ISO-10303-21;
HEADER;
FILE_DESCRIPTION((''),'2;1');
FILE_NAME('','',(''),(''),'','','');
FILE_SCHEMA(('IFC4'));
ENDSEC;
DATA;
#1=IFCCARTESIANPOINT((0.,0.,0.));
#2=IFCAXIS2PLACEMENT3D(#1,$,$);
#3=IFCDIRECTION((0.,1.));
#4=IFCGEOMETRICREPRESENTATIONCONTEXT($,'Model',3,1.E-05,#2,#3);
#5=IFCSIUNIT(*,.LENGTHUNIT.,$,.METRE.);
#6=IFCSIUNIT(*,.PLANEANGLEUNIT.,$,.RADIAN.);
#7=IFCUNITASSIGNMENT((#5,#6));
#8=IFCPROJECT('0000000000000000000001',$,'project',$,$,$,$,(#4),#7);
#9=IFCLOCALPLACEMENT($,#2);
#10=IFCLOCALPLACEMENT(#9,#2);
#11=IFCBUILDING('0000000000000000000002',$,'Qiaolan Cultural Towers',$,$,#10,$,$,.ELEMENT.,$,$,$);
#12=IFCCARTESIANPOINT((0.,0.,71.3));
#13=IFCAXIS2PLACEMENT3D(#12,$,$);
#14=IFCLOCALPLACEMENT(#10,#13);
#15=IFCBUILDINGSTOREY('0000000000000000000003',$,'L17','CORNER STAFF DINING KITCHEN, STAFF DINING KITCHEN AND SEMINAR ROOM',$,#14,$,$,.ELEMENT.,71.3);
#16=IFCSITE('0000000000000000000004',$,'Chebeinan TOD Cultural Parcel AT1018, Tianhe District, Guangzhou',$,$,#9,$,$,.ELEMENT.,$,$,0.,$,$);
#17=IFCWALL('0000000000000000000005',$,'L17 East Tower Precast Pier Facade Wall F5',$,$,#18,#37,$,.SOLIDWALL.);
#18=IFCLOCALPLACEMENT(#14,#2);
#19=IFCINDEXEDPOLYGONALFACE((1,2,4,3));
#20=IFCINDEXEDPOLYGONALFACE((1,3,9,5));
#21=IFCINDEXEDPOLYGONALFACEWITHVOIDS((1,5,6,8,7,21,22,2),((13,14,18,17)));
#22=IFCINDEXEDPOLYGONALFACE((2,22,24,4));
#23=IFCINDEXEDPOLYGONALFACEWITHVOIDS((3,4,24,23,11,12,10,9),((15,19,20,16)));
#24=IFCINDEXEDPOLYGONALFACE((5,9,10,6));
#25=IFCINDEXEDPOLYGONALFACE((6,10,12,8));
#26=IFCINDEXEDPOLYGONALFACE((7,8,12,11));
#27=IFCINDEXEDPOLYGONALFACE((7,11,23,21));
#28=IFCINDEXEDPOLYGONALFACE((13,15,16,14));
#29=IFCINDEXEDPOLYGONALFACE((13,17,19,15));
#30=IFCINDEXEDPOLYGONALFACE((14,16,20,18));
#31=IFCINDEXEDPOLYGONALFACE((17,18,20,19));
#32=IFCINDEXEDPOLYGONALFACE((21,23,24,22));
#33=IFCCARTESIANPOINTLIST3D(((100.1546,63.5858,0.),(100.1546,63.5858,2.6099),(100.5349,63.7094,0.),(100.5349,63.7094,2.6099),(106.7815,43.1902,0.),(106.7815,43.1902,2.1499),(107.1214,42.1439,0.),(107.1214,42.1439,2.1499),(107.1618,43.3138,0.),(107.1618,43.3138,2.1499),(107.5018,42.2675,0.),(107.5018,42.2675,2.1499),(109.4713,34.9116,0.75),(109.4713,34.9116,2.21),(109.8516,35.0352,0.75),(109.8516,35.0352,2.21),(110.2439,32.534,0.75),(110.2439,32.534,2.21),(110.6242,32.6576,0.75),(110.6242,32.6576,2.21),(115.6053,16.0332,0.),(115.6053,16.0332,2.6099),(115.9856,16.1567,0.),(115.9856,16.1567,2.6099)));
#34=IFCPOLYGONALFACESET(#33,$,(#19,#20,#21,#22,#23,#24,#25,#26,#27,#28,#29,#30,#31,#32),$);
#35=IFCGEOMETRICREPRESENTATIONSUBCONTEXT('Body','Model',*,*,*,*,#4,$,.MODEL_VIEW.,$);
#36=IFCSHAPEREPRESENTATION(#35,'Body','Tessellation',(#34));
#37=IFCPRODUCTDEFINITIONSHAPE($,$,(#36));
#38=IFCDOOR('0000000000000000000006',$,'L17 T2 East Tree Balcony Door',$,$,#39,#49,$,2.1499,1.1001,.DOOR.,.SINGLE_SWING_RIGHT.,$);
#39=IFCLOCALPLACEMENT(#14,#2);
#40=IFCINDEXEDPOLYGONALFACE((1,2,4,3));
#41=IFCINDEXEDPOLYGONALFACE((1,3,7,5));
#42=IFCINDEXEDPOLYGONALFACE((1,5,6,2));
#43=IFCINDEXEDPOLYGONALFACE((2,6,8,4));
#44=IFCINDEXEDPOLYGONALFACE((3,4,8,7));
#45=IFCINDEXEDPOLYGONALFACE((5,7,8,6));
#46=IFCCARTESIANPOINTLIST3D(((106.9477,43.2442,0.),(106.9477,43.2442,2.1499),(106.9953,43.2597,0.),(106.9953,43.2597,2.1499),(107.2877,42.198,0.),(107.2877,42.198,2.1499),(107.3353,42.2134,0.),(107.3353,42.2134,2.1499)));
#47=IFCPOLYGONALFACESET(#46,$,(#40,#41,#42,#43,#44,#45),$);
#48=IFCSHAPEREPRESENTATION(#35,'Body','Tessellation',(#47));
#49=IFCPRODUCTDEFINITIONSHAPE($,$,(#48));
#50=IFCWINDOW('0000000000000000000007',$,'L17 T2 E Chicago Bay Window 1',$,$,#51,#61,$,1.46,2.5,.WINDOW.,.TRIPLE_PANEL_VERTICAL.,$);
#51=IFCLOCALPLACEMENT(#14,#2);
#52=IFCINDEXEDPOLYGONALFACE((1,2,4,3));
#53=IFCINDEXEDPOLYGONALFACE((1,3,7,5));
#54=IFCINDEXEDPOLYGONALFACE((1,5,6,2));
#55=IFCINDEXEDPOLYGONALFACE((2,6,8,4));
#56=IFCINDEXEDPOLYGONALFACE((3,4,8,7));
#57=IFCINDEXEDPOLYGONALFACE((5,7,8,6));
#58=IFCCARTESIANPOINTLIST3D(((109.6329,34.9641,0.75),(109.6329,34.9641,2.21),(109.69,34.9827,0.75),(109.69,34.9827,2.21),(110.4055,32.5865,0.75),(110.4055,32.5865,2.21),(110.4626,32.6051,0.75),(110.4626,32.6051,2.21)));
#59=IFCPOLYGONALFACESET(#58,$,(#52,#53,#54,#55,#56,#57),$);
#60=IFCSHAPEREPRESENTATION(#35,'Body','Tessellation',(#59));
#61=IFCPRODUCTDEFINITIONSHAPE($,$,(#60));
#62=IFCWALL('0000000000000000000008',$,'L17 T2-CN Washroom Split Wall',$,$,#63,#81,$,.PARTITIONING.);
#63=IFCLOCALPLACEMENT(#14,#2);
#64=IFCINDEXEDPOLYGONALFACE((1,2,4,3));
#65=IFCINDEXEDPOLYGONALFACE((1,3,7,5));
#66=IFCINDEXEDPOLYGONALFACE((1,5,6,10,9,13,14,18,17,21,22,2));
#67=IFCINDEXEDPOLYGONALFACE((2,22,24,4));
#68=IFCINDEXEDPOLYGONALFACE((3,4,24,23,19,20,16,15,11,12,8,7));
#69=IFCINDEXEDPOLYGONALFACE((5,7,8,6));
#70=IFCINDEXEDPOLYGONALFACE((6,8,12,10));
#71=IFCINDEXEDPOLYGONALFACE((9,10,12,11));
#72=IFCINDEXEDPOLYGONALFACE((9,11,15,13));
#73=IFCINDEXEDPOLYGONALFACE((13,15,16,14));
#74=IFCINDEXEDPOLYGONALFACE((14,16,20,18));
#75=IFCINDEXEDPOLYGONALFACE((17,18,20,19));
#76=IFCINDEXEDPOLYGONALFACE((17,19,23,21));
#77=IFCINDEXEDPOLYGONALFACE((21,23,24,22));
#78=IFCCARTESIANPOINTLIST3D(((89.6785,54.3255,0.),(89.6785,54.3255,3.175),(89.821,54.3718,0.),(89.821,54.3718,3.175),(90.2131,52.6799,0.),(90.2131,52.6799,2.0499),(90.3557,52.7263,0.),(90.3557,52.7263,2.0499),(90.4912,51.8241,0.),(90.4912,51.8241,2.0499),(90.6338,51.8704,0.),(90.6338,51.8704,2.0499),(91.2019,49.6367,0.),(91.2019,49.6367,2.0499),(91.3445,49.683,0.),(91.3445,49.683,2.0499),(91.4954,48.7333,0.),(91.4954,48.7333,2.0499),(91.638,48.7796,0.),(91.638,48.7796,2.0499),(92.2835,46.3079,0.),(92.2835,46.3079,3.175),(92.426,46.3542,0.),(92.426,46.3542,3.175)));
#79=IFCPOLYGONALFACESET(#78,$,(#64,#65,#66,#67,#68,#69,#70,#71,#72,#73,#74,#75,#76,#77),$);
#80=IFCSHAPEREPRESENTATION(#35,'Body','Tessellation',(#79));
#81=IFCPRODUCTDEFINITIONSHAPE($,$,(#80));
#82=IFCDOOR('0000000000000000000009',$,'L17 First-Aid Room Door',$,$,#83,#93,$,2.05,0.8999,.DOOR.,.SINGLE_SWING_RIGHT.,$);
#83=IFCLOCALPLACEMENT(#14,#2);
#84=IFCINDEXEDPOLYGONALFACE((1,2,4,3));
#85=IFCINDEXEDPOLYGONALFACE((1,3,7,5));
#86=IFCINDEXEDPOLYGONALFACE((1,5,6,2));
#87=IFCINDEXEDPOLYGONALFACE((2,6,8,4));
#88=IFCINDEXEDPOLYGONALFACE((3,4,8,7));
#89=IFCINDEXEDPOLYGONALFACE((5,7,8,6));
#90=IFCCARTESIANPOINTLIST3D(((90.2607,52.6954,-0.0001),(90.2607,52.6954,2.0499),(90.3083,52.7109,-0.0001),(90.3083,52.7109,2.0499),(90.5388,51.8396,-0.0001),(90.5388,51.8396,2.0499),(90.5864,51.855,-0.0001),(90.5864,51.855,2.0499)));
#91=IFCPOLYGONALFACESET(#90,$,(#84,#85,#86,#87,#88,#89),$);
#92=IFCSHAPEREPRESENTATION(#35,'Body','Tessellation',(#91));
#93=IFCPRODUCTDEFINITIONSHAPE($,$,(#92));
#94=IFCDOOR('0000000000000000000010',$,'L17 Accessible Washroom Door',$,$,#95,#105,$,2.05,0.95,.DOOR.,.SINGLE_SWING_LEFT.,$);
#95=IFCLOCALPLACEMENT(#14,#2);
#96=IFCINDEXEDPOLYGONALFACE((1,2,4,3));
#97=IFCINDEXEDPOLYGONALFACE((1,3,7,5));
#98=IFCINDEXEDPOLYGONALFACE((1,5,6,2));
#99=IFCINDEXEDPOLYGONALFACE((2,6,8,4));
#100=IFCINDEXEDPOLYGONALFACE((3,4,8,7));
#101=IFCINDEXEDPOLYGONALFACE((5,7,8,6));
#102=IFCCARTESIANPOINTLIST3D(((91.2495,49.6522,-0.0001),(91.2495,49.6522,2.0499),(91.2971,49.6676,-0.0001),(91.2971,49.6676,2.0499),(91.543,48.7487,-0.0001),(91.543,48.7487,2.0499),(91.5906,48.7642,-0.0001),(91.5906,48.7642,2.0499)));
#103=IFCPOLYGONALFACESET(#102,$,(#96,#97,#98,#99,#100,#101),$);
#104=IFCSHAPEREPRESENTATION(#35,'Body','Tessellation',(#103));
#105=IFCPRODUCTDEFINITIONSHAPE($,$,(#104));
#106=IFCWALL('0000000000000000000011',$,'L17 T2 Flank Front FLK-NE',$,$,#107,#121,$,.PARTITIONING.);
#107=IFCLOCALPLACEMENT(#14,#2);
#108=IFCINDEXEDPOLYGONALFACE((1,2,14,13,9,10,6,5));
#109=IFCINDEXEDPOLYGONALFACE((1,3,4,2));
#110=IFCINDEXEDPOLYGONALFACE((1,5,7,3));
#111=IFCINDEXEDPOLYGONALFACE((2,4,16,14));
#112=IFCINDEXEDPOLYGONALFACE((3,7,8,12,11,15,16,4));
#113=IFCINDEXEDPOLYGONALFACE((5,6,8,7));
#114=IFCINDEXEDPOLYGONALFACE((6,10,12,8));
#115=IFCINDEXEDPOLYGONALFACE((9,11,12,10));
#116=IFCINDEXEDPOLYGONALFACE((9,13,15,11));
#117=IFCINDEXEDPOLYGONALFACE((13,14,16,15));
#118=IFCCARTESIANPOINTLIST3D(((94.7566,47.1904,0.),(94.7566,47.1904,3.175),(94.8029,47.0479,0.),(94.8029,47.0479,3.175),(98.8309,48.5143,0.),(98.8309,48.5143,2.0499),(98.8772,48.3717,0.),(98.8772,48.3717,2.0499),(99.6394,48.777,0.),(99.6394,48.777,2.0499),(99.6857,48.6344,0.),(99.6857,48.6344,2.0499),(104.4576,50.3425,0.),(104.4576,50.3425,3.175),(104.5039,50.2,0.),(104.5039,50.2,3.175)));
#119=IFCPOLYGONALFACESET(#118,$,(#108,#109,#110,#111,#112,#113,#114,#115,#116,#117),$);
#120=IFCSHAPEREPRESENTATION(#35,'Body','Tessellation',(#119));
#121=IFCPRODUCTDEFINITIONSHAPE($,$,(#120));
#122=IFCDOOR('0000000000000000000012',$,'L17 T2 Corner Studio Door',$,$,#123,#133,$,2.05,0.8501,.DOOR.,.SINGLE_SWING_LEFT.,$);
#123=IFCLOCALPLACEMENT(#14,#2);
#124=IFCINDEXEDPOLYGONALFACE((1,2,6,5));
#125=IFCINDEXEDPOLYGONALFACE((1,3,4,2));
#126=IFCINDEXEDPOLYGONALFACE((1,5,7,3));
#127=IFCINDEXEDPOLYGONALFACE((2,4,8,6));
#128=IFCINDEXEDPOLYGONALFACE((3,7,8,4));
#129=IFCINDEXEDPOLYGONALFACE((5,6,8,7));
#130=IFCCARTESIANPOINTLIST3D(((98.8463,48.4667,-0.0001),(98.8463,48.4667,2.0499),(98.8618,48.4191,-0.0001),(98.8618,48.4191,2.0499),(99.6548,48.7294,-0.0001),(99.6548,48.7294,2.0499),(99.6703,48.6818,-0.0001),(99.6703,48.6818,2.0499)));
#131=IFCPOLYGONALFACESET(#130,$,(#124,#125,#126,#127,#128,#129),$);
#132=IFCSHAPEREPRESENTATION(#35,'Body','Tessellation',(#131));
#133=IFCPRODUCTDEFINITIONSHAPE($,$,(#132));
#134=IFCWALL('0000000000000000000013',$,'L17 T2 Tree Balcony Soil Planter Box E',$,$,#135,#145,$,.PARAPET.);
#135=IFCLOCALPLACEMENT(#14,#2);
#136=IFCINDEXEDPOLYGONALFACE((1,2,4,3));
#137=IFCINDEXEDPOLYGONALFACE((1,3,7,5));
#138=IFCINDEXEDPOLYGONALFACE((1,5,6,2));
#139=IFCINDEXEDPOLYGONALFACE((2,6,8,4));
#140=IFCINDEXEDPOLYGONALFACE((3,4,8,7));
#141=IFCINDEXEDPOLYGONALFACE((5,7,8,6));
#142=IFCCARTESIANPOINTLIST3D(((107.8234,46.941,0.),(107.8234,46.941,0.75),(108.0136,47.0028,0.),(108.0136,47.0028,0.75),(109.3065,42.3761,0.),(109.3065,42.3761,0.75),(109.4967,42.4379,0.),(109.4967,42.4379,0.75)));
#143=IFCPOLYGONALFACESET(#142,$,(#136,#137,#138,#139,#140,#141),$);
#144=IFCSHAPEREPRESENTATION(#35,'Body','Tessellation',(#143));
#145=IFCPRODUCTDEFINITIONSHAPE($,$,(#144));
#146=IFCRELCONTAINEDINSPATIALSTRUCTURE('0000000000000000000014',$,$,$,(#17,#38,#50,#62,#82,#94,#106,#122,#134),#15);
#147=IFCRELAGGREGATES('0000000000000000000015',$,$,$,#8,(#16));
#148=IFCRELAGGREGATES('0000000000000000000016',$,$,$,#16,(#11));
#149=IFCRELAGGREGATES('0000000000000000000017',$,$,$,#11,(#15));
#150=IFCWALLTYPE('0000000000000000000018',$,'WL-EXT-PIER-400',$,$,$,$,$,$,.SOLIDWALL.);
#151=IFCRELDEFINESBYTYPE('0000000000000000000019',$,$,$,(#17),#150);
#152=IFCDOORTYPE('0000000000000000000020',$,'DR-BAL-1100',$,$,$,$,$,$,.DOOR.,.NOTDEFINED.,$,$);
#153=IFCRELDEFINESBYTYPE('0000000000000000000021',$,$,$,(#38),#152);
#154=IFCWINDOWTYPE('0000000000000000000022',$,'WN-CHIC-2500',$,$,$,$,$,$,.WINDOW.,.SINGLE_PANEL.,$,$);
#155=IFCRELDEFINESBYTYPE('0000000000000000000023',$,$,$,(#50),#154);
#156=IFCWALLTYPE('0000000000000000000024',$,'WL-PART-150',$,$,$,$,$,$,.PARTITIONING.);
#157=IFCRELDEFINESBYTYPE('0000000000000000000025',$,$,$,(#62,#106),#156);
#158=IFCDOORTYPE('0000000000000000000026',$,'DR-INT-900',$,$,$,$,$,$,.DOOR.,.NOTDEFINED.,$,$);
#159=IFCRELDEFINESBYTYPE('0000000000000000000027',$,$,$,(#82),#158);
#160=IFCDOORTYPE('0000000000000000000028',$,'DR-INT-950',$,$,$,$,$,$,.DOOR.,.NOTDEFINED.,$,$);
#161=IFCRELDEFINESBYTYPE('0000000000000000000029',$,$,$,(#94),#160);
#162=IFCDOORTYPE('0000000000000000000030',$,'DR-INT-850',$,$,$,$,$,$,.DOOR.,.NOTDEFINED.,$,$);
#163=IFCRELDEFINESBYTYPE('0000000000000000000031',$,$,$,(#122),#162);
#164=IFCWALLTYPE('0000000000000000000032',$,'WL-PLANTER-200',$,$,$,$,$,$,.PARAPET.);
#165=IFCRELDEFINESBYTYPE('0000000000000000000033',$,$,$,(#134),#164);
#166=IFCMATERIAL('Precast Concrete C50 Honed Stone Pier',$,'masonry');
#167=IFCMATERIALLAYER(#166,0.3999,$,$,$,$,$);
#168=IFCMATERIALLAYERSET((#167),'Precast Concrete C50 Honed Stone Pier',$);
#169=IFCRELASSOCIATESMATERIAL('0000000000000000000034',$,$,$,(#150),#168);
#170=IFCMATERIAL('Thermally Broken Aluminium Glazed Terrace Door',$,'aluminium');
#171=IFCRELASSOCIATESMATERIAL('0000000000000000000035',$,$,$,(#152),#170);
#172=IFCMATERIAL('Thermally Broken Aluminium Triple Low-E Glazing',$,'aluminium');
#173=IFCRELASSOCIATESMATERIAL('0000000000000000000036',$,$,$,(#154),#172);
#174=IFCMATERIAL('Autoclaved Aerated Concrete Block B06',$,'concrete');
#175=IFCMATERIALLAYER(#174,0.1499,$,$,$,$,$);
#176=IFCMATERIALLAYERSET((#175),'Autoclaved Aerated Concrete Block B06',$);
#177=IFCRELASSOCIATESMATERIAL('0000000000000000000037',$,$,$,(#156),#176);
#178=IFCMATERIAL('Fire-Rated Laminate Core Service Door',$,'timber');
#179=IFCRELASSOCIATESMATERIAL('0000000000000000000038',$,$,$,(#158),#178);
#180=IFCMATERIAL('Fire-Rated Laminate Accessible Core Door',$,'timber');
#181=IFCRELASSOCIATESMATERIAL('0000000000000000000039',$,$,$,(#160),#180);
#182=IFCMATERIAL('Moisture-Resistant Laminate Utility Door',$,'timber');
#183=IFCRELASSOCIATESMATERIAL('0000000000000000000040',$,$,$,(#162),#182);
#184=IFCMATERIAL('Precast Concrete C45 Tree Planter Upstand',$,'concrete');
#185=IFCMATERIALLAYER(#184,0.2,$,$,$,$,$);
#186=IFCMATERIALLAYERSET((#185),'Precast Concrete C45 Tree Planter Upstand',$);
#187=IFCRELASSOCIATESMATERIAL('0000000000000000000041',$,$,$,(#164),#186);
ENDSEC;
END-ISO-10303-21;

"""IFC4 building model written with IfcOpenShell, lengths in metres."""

from ifc_helpers import new_model, si_unit, direction, frame, frame_2d, origin, place, context, subcontext, project, spatial, rectangle, extrude, material, layer, layer_set, type_object, element, fill, save


model = new_model("IFC4")

# Units and contexts
model_context = context("Model", 3, precision=1e-05, world=origin(), true_north=direction((0.0, 1.0)))
body_context = subcontext(model_context, "Body", "Model", "MODEL_VIEW")
ifc_project = project(units=[si_unit("LENGTHUNIT", "METRE"), si_unit("PLANEANGLEUNIT", "RADIAN")], contexts=[model_context])

# Site, building, storey
site_placement = place(None, origin())
site = spatial("IfcSite", under=ifc_project, at=site_placement, Name="Chebeinan TOD Cultural Parcel AT1018, Tianhe District, Guangzhou", CompositionType="ELEMENT", RefElevation=0.0)
building_placement = place(site_placement, origin())
building = spatial("IfcBuilding", under=site, at=building_placement, Name="Qiaolan Cultural Towers", CompositionType="ELEMENT")
storey_placement = place(building_placement, frame((0.0, 0.0, 71.3)))
storey = spatial("IfcBuildingStorey", under=building, at=storey_placement, Name="L17", Description="CORNER STAFF DINING KITCHEN, STAFF DINING KITCHEN AND SEMINAR ROOM", CompositionType="ELEMENT", Elevation=71.3)

# Shared definitions
ifc_material_1 = material(Name="Precast Concrete C50 Honed Stone Pier", Category="masonry")
ifc_layer_1 = layer(ifc_material_1, 0.3999)
ifc_layer_set_1 = layer_set([ifc_layer_1], Name="Precast Concrete C50 Honed Stone Pier")
wall_type_1 = type_object("IfcWallType", Name="WL-EXT-PIER-400", PredefinedType="SOLIDWALL", material=ifc_layer_set_1)

# Wall, openings, door, window
wall_1_placement = place(storey_placement, frame((100.3447, 63.6477, 0.0), z_axis=(0.0, 0.0, 1.0), x_axis=(0.309015, -0.951057, 0.0)))
wall_1 = element("IfcWall", 1, at=wall_1_placement, inside=storey, type_object=wall_type_1, Name="L17 East Tower Precast Pier Facade Wall F5", PredefinedType="SOLIDWALL", context=body_context, shape_type="SweptSolid", body=[
    extrude(rectangle(XDim=49.9998, YDim=0.3999, at=frame_2d((25.0, 0.0))), origin(), (0.0, 0.0, 1.0), 2.6099),
])
opening_1_placement = place(wall_1_placement, frame((30.1499, 0.0, 0.75)))
opening_1 = element("IfcOpeningElement", 2, at=opening_1_placement, cuts=wall_1, PredefinedType="OPENING", context=body_context, shape_type="SweptSolid", body=[
    extrude(rectangle(XDim=2.5, YDim=1.46, at=frame_2d((1.25, 0.73))), frame((0.0, 0.21, 0.0), z_axis=(0.0, -1.0, 0.0), x_axis=(1.0, 0.0, 0.0)), (0.0, 0.0, 1.0), 0.4199),
])
opening_2_placement = place(wall_1_placement, frame((21.4453, 0.0, 0.0)))
opening_2 = element("IfcOpeningElement", 3, at=opening_2_placement, cuts=wall_1, PredefinedType="OPENING", context=body_context, shape_type="SweptSolid", body=[
    extrude(rectangle(XDim=1.1001, YDim=2.1499, at=frame_2d((0.55, 1.075))), frame((0.0, 0.21, 0.0), z_axis=(0.0, -1.0, 0.0), x_axis=(1.0, 0.0, 0.0)), (0.0, 0.0, 1.0), 0.4199),
])
ifc_material_2 = material(Name="Thermally Broken Aluminium Glazed Terrace Door", Category="aluminium")
door_type_1 = type_object("IfcDoorType", Name="DR-BAL-1100", OperationType="NOTDEFINED", PredefinedType="DOOR", material=ifc_material_2)
door_1_placement = place(opening_2_placement, origin())
door_1 = element("IfcDoor", 4, at=door_1_placement, inside=storey, type_object=door_type_1, Name="L17 T2 East Tree Balcony Door", OperationType="SINGLE_SWING_RIGHT", OverallHeight=2.1499, OverallWidth=1.1001, PredefinedType="DOOR", context=body_context, shape_type="SweptSolid", body=[
    extrude(rectangle(XDim=1.1001, YDim=2.1499, at=frame_2d((0.55, 1.075))), frame((0.0, 0.0249, 0.0), z_axis=(0.0, -1.0, 0.0), x_axis=(1.0, 0.0, 0.0)), (0.0, 0.0, 1.0), 0.05),
])
fill(opening_2, door_1)
ifc_material_3 = material(Name="Thermally Broken Aluminium Triple Low-E Glazing", Category="aluminium")
window_type = type_object("IfcWindowType", Name="WN-CHIC-2500", PartitioningType="SINGLE_PANEL", PredefinedType="WINDOW", material=ifc_material_3)
window_placement = place(opening_1_placement, origin())
window = element("IfcWindow", 5, at=window_placement, inside=storey, type_object=window_type, Name="L17 T2 E Chicago Bay Window 1", OverallHeight=1.46, OverallWidth=2.5, PartitioningType="TRIPLE_PANEL_VERTICAL", PredefinedType="WINDOW", context=body_context, shape_type="SweptSolid", body=[
    extrude(rectangle(XDim=2.5, YDim=1.46, at=frame_2d((1.25, 0.73))), frame((0.0, 0.03, 0.0), z_axis=(0.0, -1.0, 0.0), x_axis=(1.0, 0.0, 0.0)), (0.0, 0.0, 1.0), 0.0601),
])
fill(opening_1, window)

# Wall, openings, doors
ifc_material_4 = material(Name="Autoclaved Aerated Concrete Block B06", Category="concrete")
ifc_layer_2 = layer(ifc_material_4, 0.1499)
ifc_layer_set_2 = layer_set([ifc_layer_2], Name="Autoclaved Aerated Concrete Block B06")
wall_type_2 = type_object("IfcWallType", Name="WL-PART-150", PredefinedType="PARTITIONING", material=ifc_layer_set_2)
wall_2_placement = place(storey_placement, frame((92.3547, 46.3311, 0.0), z_axis=(0.0, 0.0, 1.0), x_axis=(-0.309007, 0.95106, 0.0)))
wall_2 = element("IfcWall", 6, at=wall_2_placement, inside=storey, type_object=wall_type_2, Name="L17 T2-CN Washroom Split Wall", PredefinedType="PARTITIONING", context=body_context, shape_type="SweptSolid", body=[
    extrude(rectangle(XDim=8.4302, YDim=0.1499, at=frame_2d((4.2151, 0.0))), origin(), (0.0, 0.0, 1.0), 3.175),
])
opening_3_placement = place(wall_2_placement, frame((2.55, 0.0, 0.0)))
opening_3 = element("IfcOpeningElement", 7, at=opening_3_placement, cuts=wall_2, PredefinedType="OPENING", context=body_context, shape_type="SweptSolid", body=[
    extrude(rectangle(XDim=0.95, YDim=2.05, at=frame_2d((0.4751, 1.0249))), frame((0.0, 0.085, 0.0), z_axis=(0.0, -1.0, 0.0), x_axis=(1.0, 0.0, 0.0)), (0.0, 0.0, 1.0), 0.1699),
])
opening_4_placement = place(wall_2_placement, frame((5.8, 0.0, 0.0)))
opening_4 = element("IfcOpeningElement", 8, at=opening_4_placement, cuts=wall_2, PredefinedType="OPENING", context=body_context, shape_type="SweptSolid", body=[
    extrude(rectangle(XDim=0.8999, YDim=2.05, at=frame_2d((0.45, 1.0249))), frame((0.0, 0.085, 0.0), z_axis=(0.0, -1.0, 0.0), x_axis=(1.0, 0.0, 0.0)), (0.0, 0.0, 1.0), 0.1699),
])
ifc_material_5 = material(Name="Fire-Rated Laminate Core Service Door", Category="timber")
door_type_2 = type_object("IfcDoorType", Name="DR-INT-900", OperationType="NOTDEFINED", PredefinedType="DOOR", material=ifc_material_5)
door_2_placement = place(opening_4_placement, origin())
door_2 = element("IfcDoor", 9, at=door_2_placement, inside=storey, type_object=door_type_2, Name="L17 First-Aid Room Door", OperationType="SINGLE_SWING_RIGHT", OverallHeight=2.05, OverallWidth=0.8999, PredefinedType="DOOR", context=body_context, shape_type="SweptSolid", body=[
    extrude(rectangle(XDim=0.8999, YDim=2.05, at=frame_2d((0.45, 1.0249))), frame((0.0, 0.0249, 0.0), z_axis=(0.0, -1.0, 0.0), x_axis=(1.0, 0.0, 0.0)), (0.0, 0.0, 1.0), 0.05),
])
fill(opening_4, door_2)
ifc_material_6 = material(Name="Fire-Rated Laminate Accessible Core Door", Category="timber")
door_type_3 = type_object("IfcDoorType", Name="DR-INT-950", OperationType="NOTDEFINED", PredefinedType="DOOR", material=ifc_material_6)
door_3_placement = place(opening_3_placement, origin())
door_3 = element("IfcDoor", 10, at=door_3_placement, inside=storey, type_object=door_type_3, Name="L17 Accessible Washroom Door", OperationType="SINGLE_SWING_LEFT", OverallHeight=2.05, OverallWidth=0.95, PredefinedType="DOOR", context=body_context, shape_type="SweptSolid", body=[
    extrude(rectangle(XDim=0.95, YDim=2.05, at=frame_2d((0.4751, 1.0249))), frame((0.0, 0.0249, 0.0), z_axis=(0.0, -1.0, 0.0), x_axis=(1.0, 0.0, 0.0)), (0.0, 0.0, 1.0), 0.05),
])
fill(opening_3, door_3)

# Wall, opening, door
wall_3_placement = place(storey_placement, frame((94.7798, 47.1191, 0.0), z_axis=(0.0, 0.0, 1.0), x_axis=(0.951054, 0.309024, 0.0)))
wall_3 = element("IfcWall", 11, at=wall_3_placement, inside=storey, type_object=wall_type_2, Name="L17 T2 Flank Front FLK-NE", PredefinedType="PARTITIONING", context=body_context, shape_type="SweptSolid", body=[
    extrude(rectangle(XDim=10.2002, YDim=0.1499, at=frame_2d((5.1001, 0.0))), origin(), (0.0, 0.0, 1.0), 3.175),
])
opening_5_placement = place(wall_3_placement, frame((4.2839, 0.0, 0.0)))
opening_5 = element("IfcOpeningElement", 12, at=opening_5_placement, cuts=wall_3, PredefinedType="OPENING", context=body_context, shape_type="SweptSolid", body=[
    extrude(rectangle(XDim=0.8501, YDim=2.05, at=frame_2d((0.425, 1.0249))), frame((0.0, 0.085, 0.0), z_axis=(0.0, -1.0, 0.0), x_axis=(1.0, 0.0, 0.0)), (0.0, 0.0, 1.0), 0.1699),
])
ifc_material_7 = material(Name="Moisture-Resistant Laminate Utility Door", Category="timber")
door_type_4 = type_object("IfcDoorType", Name="DR-INT-850", OperationType="NOTDEFINED", PredefinedType="DOOR", material=ifc_material_7)
door_4_placement = place(opening_5_placement, origin())
door_4 = element("IfcDoor", 13, at=door_4_placement, inside=storey, type_object=door_type_4, Name="L17 T2 Corner Studio Door", OperationType="SINGLE_SWING_LEFT", OverallHeight=2.05, OverallWidth=0.8501, PredefinedType="DOOR", context=body_context, shape_type="SweptSolid", body=[
    extrude(rectangle(XDim=0.8501, YDim=2.05, at=frame_2d((0.425, 1.0249))), frame((0.0, 0.0249, 0.0), z_axis=(0.0, -1.0, 0.0), x_axis=(1.0, 0.0, 0.0)), (0.0, 0.0, 1.0), 0.05),
])
fill(opening_5, door_4)

# Wall
ifc_material_8 = material(Name="Precast Concrete C45 Tree Planter Upstand", Category="concrete")
ifc_layer_3 = layer(ifc_material_8, 0.2)
ifc_layer_set_3 = layer_set([ifc_layer_3], Name="Precast Concrete C45 Tree Planter Upstand")
wall_type_3 = type_object("IfcWallType", Name="WL-PLANTER-200", PredefinedType="PARAPET", material=ifc_layer_set_3)
wall_4_placement = place(storey_placement, frame((109.4016, 42.407, 0.0), z_axis=(0.0, 0.0, 1.0), x_axis=(-0.309001, 0.951062, 0.0)))
element("IfcWall", 14, at=wall_4_placement, inside=storey, type_object=wall_type_3, Name="L17 T2 Tree Balcony Soil Planter Box E", PredefinedType="PARAPET", context=body_context, shape_type="SweptSolid", body=[
    extrude(rectangle(XDim=4.7998, YDim=0.2, at=frame_2d((2.3999, 0.0))), origin(), (0.0, 0.0, 1.0), 0.75),
])

save(model, "model.ifc")
